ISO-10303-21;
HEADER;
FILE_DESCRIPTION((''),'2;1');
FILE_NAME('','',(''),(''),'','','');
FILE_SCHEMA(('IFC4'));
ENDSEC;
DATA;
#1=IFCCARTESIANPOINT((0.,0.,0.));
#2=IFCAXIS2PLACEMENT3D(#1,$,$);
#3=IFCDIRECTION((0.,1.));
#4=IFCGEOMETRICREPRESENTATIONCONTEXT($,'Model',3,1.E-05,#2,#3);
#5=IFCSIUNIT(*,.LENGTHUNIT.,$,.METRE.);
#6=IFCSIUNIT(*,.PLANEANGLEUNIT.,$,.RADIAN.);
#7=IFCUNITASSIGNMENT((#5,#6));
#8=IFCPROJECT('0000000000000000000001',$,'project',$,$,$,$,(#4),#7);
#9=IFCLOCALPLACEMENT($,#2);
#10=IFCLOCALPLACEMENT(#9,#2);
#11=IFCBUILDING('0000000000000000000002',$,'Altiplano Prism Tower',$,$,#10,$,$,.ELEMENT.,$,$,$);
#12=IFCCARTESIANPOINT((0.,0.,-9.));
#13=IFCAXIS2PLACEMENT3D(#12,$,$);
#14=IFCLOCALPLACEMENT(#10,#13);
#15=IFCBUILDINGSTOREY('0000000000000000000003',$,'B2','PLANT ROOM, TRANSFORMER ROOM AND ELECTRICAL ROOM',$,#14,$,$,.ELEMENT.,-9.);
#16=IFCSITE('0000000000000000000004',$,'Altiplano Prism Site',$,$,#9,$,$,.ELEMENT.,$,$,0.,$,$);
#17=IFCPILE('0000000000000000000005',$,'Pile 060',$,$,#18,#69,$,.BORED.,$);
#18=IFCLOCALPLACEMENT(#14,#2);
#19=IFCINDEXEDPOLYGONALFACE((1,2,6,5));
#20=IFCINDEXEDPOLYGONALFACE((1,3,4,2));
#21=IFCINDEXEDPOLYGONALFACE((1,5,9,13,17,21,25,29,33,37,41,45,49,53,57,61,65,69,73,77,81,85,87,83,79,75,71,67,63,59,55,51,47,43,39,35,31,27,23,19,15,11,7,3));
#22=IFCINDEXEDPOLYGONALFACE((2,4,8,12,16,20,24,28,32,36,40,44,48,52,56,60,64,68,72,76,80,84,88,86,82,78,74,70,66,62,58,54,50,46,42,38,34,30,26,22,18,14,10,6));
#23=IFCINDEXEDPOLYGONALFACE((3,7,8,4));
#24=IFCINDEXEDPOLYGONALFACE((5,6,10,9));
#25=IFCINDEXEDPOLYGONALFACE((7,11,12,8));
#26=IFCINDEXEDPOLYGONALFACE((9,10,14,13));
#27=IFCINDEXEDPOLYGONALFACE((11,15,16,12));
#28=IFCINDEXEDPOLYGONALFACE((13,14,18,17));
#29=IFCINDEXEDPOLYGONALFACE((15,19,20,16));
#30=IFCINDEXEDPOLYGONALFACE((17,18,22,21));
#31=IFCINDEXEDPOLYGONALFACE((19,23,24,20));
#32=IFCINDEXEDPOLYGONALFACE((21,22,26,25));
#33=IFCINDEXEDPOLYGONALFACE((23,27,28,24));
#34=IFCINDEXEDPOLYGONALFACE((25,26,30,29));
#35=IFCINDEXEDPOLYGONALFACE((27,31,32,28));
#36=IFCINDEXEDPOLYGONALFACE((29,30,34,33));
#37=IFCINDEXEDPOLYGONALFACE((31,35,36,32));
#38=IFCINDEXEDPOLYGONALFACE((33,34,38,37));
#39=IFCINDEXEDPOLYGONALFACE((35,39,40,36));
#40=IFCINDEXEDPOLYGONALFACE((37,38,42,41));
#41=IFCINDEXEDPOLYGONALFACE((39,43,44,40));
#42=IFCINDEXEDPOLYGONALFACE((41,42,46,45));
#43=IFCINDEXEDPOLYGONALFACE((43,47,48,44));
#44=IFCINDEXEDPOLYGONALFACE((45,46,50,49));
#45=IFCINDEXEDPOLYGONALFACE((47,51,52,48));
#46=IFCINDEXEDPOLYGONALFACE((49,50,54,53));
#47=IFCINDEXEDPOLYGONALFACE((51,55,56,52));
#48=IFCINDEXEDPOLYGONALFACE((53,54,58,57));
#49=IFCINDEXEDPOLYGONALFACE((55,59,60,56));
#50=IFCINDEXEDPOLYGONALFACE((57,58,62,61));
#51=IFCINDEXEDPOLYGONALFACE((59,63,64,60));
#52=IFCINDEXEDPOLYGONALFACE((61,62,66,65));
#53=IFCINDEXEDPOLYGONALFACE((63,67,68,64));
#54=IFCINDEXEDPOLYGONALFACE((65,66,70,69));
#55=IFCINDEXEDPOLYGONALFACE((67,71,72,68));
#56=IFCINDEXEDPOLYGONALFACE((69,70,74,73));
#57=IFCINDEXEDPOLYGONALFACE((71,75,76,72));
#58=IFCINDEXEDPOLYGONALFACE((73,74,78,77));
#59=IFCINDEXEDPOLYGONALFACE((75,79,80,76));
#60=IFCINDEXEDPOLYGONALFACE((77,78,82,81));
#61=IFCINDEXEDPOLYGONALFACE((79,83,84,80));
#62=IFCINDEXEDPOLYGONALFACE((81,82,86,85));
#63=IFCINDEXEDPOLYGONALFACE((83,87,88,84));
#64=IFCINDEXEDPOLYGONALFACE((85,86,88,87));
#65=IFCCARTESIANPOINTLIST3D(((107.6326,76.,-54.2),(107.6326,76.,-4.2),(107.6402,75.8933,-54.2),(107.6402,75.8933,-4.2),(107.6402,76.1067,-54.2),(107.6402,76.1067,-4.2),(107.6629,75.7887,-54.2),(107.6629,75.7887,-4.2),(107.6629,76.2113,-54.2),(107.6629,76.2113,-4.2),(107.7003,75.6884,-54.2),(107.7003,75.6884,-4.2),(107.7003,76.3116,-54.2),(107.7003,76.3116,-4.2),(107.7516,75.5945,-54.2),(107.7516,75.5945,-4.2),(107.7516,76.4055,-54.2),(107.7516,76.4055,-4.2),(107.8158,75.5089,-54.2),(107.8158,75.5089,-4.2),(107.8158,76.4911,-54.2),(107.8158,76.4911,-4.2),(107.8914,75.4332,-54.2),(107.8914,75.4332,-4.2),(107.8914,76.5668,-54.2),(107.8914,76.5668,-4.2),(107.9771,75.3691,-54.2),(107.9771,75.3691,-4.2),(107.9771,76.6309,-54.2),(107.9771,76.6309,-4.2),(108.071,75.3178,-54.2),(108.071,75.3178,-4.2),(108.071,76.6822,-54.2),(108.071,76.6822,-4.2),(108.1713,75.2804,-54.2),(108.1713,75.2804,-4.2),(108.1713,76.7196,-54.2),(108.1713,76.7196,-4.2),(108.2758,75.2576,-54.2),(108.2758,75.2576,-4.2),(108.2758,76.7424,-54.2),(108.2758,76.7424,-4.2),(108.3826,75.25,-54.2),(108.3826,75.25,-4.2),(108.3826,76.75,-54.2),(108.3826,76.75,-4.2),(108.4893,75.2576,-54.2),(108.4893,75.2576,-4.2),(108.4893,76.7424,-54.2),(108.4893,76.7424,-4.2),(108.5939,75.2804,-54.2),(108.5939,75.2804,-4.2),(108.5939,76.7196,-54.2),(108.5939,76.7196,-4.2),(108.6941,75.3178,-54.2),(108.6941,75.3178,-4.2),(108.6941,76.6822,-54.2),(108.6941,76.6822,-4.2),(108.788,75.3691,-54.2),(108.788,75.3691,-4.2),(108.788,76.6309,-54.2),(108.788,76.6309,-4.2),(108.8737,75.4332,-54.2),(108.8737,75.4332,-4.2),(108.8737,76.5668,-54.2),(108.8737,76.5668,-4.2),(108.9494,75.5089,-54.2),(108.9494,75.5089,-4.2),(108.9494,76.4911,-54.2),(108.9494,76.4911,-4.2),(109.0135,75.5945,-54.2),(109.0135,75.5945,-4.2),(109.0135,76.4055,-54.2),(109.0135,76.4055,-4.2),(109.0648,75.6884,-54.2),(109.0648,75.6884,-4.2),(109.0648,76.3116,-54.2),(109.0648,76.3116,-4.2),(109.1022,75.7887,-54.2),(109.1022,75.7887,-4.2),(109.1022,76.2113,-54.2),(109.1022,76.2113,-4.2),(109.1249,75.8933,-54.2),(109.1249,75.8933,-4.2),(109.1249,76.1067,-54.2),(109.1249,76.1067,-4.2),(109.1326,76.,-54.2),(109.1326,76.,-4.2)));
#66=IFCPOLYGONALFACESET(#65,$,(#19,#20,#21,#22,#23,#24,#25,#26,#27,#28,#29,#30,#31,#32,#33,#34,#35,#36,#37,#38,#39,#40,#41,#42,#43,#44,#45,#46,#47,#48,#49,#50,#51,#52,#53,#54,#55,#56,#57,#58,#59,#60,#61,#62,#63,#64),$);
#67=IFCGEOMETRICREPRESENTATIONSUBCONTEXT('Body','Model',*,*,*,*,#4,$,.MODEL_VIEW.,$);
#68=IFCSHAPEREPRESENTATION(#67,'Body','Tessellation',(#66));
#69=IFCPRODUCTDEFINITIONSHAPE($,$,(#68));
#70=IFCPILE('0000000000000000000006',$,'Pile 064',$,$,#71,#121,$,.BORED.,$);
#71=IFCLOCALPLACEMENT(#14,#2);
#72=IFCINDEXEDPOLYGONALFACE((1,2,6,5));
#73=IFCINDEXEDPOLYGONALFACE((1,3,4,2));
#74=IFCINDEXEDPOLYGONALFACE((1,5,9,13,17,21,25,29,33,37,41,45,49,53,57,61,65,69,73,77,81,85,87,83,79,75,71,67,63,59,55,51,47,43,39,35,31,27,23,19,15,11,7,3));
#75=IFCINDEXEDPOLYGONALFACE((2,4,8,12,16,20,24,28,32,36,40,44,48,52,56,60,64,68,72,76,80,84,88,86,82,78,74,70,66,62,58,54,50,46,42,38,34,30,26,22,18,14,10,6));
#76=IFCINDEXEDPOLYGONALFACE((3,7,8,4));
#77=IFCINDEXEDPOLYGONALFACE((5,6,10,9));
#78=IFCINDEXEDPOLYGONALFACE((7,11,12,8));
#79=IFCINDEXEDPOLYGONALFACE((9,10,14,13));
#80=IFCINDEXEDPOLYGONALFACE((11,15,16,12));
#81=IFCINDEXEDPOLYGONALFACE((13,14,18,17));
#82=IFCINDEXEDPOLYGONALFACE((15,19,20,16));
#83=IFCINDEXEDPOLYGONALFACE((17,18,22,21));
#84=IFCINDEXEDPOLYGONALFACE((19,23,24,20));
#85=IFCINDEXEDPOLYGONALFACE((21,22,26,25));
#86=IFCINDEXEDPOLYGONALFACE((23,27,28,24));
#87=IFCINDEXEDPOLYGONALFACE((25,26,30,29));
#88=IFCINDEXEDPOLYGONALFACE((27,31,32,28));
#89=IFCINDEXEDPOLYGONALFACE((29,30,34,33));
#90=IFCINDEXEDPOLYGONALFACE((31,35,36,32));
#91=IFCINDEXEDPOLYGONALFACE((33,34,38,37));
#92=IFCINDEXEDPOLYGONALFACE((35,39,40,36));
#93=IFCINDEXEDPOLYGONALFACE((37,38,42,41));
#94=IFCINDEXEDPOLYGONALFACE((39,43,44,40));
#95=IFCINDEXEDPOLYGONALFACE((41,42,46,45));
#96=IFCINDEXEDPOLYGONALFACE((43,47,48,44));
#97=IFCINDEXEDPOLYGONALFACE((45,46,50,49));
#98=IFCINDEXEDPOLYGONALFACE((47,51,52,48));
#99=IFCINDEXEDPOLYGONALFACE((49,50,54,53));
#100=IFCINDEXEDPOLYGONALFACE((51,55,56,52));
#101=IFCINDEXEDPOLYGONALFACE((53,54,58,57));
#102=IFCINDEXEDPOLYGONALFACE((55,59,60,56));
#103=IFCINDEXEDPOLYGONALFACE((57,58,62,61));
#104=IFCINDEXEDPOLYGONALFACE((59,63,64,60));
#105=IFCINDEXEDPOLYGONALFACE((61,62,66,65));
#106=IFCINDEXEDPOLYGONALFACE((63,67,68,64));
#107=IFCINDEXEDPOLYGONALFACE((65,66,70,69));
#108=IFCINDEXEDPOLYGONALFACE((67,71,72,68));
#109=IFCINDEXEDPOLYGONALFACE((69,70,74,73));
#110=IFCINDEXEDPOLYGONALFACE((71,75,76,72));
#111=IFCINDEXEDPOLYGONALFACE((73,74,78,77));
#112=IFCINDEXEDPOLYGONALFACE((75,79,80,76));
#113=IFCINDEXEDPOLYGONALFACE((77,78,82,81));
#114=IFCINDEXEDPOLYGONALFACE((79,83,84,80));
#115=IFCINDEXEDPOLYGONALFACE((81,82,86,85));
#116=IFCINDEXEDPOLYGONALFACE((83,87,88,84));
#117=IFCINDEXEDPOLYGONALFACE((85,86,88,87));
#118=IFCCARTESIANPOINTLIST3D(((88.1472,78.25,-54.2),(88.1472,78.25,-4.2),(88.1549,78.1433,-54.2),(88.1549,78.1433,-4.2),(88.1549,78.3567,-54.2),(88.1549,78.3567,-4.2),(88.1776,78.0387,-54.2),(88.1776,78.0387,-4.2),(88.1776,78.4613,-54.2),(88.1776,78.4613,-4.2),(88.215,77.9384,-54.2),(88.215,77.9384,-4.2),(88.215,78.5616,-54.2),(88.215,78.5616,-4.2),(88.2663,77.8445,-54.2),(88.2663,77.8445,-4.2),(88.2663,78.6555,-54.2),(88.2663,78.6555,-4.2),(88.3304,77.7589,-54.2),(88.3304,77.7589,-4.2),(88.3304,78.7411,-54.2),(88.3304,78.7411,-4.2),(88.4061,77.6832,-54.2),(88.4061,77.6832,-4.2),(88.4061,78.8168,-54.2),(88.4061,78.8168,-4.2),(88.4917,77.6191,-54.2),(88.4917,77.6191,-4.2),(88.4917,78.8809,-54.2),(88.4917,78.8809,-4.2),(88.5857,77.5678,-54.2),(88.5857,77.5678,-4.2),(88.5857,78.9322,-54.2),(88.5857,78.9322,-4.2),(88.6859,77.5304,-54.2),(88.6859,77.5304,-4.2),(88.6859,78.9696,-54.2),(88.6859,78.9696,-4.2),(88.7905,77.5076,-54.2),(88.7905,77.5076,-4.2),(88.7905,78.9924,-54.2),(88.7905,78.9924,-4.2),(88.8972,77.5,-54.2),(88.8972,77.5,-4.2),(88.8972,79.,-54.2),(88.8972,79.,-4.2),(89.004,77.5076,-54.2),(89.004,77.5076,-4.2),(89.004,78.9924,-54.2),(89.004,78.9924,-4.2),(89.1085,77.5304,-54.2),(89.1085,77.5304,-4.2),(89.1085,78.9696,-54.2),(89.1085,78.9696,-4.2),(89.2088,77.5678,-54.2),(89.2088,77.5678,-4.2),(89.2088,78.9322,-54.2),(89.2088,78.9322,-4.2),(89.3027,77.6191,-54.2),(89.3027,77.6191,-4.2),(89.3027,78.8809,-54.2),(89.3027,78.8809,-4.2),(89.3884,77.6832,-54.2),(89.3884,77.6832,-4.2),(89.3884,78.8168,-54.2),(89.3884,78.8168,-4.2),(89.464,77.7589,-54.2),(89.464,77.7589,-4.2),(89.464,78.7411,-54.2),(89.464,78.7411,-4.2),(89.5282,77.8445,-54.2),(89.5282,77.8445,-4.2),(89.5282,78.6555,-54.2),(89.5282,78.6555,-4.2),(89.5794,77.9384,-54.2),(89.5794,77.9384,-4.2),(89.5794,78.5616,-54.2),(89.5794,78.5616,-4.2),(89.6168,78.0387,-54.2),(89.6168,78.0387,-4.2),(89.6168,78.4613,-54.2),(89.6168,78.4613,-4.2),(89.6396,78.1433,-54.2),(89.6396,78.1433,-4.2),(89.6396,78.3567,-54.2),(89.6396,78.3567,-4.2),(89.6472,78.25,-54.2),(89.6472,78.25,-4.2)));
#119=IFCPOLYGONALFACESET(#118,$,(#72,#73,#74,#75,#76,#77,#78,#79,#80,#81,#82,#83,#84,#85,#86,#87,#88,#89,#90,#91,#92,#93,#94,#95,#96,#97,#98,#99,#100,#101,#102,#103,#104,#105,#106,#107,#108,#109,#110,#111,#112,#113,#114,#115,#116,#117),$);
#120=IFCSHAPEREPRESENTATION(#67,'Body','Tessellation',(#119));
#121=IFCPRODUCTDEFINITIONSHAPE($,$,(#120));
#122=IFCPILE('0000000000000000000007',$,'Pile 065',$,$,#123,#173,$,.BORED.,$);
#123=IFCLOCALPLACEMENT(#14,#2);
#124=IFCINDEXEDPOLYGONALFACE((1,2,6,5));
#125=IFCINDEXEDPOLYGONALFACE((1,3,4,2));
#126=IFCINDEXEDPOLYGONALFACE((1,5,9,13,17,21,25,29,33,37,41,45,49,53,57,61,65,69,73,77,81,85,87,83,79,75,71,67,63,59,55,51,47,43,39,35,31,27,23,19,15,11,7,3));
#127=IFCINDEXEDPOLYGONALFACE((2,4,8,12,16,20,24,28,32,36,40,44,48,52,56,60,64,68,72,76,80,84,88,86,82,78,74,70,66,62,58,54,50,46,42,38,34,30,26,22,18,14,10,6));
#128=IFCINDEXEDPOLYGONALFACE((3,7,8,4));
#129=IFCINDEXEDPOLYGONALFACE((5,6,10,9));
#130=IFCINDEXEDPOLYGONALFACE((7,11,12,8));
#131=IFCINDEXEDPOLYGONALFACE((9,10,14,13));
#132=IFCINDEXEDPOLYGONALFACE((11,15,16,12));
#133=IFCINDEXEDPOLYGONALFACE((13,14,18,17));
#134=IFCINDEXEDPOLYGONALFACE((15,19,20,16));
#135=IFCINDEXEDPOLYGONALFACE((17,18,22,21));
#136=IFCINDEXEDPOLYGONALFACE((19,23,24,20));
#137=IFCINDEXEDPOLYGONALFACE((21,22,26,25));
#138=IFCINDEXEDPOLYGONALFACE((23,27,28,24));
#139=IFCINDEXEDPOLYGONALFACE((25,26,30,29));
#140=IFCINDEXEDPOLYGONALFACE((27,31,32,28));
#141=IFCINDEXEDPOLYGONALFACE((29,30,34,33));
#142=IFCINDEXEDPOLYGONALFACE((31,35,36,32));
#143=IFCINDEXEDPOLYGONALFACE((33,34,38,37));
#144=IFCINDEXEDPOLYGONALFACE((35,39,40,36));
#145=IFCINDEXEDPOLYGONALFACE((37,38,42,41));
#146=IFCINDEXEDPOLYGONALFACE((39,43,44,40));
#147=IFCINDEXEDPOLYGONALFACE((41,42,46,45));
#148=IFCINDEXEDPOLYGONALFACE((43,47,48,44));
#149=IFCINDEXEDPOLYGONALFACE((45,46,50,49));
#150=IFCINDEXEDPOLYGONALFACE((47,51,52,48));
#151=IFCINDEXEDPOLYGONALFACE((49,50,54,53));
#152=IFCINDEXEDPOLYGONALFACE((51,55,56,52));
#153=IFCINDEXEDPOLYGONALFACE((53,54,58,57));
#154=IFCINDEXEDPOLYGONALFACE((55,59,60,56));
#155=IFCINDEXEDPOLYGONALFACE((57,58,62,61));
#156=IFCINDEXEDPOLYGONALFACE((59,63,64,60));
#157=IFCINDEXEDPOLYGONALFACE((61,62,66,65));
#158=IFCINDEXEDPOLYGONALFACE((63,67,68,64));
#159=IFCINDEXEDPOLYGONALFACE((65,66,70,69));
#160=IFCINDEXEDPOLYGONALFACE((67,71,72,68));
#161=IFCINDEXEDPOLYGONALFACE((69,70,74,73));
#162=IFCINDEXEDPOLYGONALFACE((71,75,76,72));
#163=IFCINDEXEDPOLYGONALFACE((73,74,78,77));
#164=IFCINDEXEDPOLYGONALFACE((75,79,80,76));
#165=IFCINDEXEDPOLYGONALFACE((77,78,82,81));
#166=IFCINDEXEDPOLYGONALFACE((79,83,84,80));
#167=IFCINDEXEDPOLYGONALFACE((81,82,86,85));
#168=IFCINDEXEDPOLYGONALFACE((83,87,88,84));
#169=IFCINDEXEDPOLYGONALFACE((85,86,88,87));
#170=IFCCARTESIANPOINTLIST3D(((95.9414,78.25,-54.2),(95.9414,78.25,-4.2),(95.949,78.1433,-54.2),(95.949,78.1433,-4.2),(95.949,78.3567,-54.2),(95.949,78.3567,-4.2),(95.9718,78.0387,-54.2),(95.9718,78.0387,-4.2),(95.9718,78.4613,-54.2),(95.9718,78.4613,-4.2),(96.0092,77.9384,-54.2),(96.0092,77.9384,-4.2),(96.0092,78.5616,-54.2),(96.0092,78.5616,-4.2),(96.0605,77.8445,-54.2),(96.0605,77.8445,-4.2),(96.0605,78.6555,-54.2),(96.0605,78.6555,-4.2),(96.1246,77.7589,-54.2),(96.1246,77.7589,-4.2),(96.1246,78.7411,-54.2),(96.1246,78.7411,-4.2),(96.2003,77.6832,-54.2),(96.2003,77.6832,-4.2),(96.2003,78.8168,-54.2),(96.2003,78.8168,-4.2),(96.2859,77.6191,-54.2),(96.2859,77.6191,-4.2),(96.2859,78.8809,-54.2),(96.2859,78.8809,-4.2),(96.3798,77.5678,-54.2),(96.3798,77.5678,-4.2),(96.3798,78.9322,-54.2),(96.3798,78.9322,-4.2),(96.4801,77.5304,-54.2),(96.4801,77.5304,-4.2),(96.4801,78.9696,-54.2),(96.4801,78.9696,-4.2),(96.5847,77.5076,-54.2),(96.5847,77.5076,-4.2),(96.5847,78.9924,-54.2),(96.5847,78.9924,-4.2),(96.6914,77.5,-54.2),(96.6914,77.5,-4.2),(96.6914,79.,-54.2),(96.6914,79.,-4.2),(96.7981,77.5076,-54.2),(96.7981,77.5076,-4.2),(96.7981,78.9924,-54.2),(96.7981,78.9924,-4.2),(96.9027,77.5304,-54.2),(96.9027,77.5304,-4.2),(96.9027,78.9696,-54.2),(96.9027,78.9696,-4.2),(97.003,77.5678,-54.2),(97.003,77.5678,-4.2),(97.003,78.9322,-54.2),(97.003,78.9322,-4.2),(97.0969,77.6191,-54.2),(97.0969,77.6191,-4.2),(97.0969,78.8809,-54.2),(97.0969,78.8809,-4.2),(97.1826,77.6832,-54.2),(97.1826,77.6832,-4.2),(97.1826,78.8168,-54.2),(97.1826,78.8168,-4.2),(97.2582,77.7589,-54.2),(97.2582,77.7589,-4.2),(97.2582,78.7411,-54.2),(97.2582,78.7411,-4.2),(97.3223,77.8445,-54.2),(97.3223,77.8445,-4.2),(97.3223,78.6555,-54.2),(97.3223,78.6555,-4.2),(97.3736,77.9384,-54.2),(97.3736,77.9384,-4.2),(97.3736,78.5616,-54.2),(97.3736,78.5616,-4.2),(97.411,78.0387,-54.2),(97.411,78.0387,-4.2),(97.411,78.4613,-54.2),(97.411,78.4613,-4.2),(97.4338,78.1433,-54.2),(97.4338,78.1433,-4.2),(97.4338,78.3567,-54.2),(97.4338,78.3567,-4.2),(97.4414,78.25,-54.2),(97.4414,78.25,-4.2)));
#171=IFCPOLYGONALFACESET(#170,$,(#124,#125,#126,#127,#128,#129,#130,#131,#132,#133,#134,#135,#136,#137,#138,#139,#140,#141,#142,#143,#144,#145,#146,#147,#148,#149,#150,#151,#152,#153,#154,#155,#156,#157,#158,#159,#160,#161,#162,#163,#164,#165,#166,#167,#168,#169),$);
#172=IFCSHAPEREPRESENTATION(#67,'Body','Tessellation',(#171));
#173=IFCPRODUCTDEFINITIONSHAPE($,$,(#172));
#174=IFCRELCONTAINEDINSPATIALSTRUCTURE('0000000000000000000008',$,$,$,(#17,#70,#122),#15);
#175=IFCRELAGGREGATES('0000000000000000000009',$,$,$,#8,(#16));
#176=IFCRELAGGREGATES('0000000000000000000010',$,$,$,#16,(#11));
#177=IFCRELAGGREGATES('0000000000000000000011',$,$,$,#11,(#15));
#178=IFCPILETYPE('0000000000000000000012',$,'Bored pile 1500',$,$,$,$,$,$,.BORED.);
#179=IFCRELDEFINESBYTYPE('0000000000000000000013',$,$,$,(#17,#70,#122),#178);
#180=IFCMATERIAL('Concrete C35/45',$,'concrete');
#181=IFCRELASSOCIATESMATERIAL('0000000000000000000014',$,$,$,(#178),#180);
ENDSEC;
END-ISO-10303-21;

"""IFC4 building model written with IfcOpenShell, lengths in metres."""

from ifc_helpers import new_model, si_unit, direction, frame, origin, origin_2d, place, context, subcontext, project, spatial, circle, extrude, material, material_profile, profile_set, type_object, element, save


model = new_model("IFC4")

# Units and contexts
model_context = context("Model", 3, precision=1e-05, world=origin(), true_north=direction((0.0, 1.0)))
body_context = subcontext(model_context, "Body", "Model", "MODEL_VIEW")
ifc_project = project(units=[si_unit("LENGTHUNIT", "METRE"), si_unit("PLANEANGLEUNIT", "RADIAN")], contexts=[model_context])

# Site, building, storey
site_placement = place(None, origin())
site = spatial("IfcSite", under=ifc_project, at=site_placement, Name="Altiplano Prism Site", CompositionType="ELEMENT", RefElevation=0.0)
building_placement = place(site_placement, origin())
building = spatial("IfcBuilding", under=site, at=building_placement, Name="Altiplano Prism Tower", CompositionType="ELEMENT")
storey_placement = place(building_placement, frame((0.0, 0.0, -9.0)))
storey = spatial("IfcBuildingStorey", under=building, at=storey_placement, Name="B2", Description="PLANT ROOM, TRANSFORMER ROOM AND ELECTRICAL ROOM", CompositionType="ELEMENT", Elevation=-9.0)

# Piles
ifc_material_1 = material(Name="Concrete C35/45", Category="concrete")
ifc_material_profile_1 = material_profile(ifc_material_1, circle(Radius=0.75, at=origin_2d()), Name="Bored pile 1500")
ifc_profile_set_1 = profile_set([ifc_material_profile_1], Name="Concrete C35/45")
pile_type = type_object("IfcPileType", Name="Bored pile 1500", PredefinedType="BORED", material=ifc_profile_set_1)
for number, where, z_axis, x_axis, name in (
    (1, (108.3826, 76.0, -4.2), (0.0, 0.0, -1.0), (1.0, 0.0, 0.0), "Pile 060"),
    (2, (88.8972, 78.25, -4.2), (0.0, 0.0, -1.0), (1.0, 0.0, 0.0), "Pile 064"),
    (3, (96.6914, 78.25, -4.2), (0.0, 0.0, -1.0), (1.0, 0.0, 0.0), "Pile 065"),
):
    element("IfcPile", number, at=place(storey_placement, frame(where, z_axis=z_axis, x_axis=x_axis)), inside=storey, type_object=pile_type, Name=name, PredefinedType="BORED", context=body_context, shape_type="SweptSolid", body=[
        extrude(circle(Radius=0.75, at=origin_2d()), origin(), (0.0, 0.0, 1.0), 50.0),
    ])

save(model, "model.ifc")
